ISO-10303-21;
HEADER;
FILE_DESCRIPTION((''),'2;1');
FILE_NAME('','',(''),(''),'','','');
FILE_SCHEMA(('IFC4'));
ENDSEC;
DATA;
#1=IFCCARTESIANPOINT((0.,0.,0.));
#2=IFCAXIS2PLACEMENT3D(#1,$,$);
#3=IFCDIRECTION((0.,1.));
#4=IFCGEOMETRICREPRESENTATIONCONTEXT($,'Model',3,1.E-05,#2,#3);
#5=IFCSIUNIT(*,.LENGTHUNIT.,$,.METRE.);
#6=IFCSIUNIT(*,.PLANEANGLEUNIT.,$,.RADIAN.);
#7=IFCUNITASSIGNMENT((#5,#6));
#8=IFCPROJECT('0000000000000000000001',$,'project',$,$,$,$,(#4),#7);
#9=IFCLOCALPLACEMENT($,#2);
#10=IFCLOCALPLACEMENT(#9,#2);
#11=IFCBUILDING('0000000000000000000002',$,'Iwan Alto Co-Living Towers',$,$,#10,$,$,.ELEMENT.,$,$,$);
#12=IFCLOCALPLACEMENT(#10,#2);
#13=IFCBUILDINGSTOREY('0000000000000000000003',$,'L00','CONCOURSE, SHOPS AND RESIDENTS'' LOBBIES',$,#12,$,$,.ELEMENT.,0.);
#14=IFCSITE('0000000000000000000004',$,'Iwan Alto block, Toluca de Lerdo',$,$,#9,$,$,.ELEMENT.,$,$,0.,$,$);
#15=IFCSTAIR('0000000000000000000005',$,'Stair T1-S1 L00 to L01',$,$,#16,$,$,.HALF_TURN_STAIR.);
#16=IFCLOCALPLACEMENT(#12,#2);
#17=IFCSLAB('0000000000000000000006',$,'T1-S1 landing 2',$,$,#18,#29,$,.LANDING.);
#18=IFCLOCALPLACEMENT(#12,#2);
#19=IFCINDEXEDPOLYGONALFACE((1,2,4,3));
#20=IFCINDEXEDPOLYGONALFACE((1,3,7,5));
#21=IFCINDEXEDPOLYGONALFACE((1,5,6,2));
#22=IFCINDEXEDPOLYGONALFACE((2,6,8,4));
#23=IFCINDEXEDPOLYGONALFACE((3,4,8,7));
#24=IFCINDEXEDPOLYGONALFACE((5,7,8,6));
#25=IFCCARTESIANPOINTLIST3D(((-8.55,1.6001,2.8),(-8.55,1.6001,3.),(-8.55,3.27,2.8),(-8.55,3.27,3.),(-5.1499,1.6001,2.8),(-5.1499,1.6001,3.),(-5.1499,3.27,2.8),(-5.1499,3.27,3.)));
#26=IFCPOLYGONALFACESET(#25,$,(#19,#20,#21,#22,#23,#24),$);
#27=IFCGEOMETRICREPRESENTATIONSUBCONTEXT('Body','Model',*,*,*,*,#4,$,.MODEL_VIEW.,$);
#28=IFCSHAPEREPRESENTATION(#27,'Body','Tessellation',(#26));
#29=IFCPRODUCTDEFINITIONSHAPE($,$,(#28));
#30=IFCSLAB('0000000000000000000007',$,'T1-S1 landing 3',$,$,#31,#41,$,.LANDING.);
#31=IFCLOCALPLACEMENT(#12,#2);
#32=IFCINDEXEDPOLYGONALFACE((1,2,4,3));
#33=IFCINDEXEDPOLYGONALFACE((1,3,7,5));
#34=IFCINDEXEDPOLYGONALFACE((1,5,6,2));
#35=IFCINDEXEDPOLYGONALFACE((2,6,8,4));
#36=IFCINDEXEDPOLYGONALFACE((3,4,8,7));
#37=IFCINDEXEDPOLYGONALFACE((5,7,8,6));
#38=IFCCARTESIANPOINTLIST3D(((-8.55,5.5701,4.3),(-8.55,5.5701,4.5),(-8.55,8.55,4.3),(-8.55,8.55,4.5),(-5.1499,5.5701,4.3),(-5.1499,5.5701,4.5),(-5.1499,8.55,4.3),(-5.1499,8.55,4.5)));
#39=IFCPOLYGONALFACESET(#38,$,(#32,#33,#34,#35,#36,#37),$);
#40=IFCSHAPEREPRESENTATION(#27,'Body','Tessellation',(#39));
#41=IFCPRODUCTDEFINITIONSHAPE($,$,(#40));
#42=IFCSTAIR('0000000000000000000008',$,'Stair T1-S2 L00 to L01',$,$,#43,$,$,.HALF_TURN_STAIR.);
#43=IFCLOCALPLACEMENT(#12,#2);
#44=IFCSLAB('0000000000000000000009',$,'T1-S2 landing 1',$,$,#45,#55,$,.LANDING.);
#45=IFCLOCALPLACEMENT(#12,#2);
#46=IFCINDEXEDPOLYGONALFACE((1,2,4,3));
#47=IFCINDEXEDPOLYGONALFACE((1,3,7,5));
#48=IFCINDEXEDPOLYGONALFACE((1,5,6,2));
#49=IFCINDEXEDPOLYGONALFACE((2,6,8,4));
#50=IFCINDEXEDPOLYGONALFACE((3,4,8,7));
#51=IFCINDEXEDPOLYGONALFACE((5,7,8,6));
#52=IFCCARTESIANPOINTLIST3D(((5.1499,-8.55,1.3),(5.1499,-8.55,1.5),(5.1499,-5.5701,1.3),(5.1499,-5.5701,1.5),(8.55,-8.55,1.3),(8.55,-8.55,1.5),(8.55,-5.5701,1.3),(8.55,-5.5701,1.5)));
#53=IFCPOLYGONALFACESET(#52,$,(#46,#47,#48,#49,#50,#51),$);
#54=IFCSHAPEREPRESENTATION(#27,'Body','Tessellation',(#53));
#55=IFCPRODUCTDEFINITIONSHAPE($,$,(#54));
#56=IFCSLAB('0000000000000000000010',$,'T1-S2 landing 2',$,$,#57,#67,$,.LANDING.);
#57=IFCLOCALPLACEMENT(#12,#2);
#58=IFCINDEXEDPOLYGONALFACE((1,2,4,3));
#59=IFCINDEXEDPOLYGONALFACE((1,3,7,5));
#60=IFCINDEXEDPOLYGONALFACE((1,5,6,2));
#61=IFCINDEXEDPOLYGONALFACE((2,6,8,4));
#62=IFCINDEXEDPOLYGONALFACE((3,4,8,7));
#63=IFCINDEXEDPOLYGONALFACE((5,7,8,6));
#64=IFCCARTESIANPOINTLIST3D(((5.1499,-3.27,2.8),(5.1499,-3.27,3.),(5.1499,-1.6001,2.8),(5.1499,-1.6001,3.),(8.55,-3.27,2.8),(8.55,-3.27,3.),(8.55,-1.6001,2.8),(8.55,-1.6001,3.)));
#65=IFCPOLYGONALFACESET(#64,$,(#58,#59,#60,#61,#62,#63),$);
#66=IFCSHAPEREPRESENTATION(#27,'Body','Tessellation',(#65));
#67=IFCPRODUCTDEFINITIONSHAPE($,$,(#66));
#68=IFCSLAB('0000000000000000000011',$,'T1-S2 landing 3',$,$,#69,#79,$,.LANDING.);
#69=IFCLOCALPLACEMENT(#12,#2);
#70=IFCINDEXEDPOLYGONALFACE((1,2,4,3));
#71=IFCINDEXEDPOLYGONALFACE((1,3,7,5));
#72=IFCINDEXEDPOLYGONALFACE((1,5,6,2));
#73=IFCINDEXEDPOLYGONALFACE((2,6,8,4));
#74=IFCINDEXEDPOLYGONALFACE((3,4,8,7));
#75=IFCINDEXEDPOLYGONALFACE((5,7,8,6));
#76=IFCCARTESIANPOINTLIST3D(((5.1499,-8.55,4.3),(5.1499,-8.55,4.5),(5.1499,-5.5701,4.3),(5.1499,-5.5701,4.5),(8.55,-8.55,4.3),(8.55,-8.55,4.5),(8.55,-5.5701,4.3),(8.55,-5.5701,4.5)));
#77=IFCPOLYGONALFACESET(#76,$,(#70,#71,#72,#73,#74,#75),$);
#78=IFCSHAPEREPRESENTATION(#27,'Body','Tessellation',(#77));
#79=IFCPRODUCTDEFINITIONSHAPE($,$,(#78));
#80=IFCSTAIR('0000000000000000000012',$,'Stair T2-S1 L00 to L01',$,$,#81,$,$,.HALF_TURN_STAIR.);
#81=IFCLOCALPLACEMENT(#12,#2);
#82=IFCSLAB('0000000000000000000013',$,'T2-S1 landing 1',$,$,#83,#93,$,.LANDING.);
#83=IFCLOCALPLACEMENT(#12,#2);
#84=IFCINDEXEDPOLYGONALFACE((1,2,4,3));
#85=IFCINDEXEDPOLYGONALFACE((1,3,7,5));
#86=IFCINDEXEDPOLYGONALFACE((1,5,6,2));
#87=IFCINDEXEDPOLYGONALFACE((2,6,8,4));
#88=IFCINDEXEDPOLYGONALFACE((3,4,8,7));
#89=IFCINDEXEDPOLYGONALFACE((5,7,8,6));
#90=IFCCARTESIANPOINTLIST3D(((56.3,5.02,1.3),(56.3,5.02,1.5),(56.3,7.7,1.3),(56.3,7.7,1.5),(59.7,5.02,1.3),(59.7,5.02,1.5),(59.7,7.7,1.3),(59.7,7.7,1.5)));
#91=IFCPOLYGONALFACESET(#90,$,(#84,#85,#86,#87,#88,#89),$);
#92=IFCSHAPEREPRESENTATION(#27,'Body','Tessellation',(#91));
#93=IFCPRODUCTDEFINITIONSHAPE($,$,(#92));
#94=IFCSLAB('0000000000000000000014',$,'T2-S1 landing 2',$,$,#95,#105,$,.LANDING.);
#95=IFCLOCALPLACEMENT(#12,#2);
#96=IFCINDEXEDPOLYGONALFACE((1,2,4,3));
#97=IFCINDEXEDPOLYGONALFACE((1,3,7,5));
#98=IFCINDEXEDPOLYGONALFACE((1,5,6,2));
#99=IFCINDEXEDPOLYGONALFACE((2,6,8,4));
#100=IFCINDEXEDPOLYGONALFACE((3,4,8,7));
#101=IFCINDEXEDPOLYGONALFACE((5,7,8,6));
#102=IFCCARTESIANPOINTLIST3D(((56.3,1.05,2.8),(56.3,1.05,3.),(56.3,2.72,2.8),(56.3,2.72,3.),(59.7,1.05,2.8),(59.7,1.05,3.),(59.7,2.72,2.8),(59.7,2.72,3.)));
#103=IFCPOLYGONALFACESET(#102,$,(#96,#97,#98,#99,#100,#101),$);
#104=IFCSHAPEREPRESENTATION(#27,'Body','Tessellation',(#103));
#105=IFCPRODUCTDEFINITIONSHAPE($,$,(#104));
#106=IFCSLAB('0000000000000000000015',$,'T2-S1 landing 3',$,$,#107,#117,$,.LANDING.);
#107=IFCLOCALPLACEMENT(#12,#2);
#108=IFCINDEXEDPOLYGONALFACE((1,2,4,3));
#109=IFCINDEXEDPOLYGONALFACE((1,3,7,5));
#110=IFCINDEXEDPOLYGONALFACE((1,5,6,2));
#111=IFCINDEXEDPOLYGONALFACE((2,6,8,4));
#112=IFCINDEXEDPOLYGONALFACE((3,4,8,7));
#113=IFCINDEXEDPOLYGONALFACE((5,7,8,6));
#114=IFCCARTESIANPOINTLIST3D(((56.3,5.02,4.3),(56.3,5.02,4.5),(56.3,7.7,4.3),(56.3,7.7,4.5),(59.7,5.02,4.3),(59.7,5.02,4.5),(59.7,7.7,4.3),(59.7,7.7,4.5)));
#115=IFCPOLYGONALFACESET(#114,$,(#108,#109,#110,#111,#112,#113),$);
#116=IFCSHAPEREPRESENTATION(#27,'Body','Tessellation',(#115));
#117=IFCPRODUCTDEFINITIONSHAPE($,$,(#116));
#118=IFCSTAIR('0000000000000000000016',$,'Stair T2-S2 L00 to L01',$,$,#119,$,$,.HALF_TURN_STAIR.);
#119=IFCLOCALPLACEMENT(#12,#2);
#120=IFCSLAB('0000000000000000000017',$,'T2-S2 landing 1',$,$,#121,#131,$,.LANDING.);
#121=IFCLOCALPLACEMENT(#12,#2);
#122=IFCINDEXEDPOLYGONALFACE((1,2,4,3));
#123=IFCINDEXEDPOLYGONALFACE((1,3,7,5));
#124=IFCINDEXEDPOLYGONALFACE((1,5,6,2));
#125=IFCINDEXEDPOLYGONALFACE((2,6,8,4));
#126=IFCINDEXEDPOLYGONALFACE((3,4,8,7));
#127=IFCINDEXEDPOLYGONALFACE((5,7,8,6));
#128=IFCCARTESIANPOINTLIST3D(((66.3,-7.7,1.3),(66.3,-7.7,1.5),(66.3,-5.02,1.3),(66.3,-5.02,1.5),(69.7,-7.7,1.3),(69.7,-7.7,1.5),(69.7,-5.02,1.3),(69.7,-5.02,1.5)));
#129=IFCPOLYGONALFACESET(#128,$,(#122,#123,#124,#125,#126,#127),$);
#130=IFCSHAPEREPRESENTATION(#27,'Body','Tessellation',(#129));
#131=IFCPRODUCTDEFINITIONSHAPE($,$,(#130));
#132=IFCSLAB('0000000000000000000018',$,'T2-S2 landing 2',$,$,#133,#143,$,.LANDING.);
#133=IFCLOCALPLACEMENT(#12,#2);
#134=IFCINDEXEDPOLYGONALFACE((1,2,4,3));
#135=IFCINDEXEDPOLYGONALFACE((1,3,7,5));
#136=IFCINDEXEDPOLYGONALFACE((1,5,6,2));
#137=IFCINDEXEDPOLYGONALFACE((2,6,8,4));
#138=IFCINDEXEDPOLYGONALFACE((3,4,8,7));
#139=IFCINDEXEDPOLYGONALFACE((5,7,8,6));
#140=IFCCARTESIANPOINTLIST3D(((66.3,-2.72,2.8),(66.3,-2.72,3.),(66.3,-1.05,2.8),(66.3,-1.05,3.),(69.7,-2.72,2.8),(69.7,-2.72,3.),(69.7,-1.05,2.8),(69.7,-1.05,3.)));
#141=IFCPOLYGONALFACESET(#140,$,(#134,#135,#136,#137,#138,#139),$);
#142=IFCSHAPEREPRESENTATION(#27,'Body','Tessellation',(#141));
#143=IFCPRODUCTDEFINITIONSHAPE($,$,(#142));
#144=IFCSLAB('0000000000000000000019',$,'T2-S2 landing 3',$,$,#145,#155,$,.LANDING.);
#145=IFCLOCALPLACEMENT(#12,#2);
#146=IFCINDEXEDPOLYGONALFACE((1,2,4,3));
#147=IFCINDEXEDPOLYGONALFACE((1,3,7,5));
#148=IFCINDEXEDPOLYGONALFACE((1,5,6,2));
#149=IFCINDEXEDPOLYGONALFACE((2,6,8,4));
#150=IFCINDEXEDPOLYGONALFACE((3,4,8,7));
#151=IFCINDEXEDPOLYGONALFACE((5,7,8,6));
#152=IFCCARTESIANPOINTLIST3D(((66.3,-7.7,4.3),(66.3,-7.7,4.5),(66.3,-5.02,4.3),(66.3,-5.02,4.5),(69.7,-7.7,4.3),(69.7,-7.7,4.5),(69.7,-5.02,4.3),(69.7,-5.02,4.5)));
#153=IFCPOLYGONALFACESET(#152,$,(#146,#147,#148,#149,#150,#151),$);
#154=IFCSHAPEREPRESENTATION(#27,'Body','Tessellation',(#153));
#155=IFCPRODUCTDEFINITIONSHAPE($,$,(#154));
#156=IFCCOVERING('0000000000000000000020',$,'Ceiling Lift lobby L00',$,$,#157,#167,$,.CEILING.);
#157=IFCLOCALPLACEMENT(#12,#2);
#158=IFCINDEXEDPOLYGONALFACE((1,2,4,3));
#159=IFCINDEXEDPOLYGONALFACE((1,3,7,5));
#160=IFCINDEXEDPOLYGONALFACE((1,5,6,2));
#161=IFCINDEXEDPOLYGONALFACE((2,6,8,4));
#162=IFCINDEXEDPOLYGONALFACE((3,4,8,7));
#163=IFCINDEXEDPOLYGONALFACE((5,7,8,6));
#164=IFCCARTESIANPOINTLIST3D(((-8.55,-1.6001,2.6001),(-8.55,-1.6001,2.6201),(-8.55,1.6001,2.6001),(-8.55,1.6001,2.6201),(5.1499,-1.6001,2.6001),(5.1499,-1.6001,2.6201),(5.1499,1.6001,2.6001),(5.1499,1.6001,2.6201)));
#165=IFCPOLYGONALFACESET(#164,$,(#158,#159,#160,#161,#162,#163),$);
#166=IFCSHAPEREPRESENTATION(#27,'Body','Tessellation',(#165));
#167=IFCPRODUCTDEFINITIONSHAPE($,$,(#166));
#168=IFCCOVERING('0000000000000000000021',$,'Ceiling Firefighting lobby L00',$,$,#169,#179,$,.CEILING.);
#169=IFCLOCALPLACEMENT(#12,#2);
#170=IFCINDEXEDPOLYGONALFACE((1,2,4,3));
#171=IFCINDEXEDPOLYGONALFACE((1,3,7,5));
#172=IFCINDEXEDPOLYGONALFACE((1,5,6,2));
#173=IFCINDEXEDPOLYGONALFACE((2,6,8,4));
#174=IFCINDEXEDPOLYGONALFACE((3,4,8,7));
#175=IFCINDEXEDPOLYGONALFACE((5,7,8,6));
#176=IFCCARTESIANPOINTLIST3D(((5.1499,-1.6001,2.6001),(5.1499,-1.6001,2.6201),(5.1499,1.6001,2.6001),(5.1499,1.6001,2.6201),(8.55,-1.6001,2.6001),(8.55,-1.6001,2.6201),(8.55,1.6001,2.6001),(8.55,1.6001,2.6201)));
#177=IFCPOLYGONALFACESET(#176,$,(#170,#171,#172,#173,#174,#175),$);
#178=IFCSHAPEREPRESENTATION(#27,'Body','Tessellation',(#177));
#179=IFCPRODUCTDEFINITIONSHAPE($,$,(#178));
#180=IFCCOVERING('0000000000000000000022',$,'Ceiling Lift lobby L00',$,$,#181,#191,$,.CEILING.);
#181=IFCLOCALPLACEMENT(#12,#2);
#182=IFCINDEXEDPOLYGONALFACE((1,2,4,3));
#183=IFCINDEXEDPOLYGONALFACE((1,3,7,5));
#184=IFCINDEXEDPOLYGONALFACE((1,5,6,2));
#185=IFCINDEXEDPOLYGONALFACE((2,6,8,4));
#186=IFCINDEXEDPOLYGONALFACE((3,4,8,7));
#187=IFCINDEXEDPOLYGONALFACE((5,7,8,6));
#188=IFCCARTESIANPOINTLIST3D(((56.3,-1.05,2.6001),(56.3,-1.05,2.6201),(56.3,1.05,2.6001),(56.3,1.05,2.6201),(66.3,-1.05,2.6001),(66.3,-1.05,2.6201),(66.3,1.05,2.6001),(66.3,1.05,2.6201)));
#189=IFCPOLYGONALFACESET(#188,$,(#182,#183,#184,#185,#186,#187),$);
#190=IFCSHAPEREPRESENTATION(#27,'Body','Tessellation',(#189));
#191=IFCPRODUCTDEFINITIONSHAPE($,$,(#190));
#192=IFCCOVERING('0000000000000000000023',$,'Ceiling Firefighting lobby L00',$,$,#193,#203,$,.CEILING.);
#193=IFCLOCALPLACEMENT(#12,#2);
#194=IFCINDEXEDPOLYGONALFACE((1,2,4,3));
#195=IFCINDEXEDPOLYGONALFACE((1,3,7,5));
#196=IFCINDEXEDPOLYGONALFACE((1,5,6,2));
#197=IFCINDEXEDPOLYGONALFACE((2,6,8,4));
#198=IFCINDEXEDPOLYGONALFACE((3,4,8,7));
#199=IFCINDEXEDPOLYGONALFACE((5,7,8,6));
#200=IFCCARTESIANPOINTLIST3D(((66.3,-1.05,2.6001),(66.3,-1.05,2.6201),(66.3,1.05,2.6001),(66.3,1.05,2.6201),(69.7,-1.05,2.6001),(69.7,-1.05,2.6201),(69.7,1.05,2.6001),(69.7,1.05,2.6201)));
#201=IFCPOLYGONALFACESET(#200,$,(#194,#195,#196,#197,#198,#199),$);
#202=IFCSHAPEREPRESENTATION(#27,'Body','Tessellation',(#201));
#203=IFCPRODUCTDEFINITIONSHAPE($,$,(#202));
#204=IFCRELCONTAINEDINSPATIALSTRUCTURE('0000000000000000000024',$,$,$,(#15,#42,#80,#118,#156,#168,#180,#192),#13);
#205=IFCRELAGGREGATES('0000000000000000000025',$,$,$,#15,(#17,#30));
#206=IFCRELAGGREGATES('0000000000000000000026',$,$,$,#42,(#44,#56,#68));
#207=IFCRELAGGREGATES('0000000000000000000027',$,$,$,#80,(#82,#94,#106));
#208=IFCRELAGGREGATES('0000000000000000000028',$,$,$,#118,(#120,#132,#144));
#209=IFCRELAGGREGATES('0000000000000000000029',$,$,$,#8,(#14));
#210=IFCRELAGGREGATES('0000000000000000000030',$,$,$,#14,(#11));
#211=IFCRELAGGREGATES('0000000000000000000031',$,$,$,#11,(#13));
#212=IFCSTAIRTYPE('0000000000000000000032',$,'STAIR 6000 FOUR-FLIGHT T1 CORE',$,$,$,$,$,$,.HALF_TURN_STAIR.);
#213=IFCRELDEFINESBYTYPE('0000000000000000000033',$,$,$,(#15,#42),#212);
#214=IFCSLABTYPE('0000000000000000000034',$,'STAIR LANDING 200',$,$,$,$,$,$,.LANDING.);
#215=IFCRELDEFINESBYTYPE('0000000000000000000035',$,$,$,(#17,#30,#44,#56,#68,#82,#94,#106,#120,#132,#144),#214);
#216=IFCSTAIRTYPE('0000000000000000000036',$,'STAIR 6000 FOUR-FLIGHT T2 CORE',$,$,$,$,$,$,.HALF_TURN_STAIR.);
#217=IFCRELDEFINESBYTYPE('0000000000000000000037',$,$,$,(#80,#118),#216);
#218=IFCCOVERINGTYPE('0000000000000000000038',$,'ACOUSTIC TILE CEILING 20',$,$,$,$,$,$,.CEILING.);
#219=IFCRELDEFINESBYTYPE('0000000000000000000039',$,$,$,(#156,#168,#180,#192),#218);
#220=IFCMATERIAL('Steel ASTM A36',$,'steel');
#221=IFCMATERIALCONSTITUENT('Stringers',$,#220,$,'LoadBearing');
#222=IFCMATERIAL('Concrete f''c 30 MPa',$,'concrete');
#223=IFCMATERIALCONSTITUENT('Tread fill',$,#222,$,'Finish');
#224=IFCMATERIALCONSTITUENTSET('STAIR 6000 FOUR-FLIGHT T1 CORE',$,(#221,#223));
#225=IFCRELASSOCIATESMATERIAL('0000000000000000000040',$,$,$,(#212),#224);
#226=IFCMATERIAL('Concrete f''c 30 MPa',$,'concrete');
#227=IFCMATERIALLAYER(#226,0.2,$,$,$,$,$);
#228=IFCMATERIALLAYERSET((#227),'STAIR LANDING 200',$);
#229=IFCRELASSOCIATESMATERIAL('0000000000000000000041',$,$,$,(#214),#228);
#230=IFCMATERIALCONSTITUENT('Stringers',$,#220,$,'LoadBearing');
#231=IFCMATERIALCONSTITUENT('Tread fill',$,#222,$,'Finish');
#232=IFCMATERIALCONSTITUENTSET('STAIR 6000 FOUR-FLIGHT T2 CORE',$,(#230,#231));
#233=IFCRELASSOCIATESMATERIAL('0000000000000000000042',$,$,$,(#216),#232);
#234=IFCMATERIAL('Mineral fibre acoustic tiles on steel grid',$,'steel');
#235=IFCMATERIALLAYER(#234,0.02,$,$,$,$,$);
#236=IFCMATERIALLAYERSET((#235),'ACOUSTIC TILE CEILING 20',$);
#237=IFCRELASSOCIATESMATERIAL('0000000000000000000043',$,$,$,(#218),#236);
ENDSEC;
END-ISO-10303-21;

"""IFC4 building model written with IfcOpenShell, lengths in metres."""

from ifc_helpers import new_model, si_unit, direction, frame, origin, place, context, subcontext, project, spatial, polyline, outline, extrude, material, layer, layer_set, constituent, constituent_set, type_object, element, aggregate, save


model = new_model("IFC4")

# Units and contexts
model_context = context("Model", 3, precision=1e-05, world=origin(), true_north=direction((0.0, 1.0)))
body_context = subcontext(model_context, "Body", "Model", "MODEL_VIEW")
ifc_project = project(units=[si_unit("LENGTHUNIT", "METRE"), si_unit("PLANEANGLEUNIT", "RADIAN")], contexts=[model_context])

# Site, building, storey
site_placement = place(None, origin())
site = spatial("IfcSite", under=ifc_project, at=site_placement, Name="Iwan Alto block, Toluca de Lerdo", CompositionType="ELEMENT", RefElevation=0.0)
building_placement = place(site_placement, origin())
building = spatial("IfcBuilding", under=site, at=building_placement, Name="Iwan Alto Co-Living Towers", CompositionType="ELEMENT")
storey_placement = place(building_placement, origin())
storey = spatial("IfcBuildingStorey", under=building, at=storey_placement, Name="L00", Description="CONCOURSE, SHOPS AND RESIDENTS' LOBBIES", CompositionType="ELEMENT", Elevation=0.0)

# Stairs, slabs
ifc_material_1 = material(Name="Steel ASTM A36", Category="steel")
ifc_constituent_1 = constituent(ifc_material_1, Name="Stringers", Category="LoadBearing")
ifc_material_2 = material(Name="Concrete f'c 30 MPa", Category="concrete")
ifc_constituent_2 = constituent(ifc_material_2, Name="Tread fill", Category="Finish")
ifc_constituent_set_1 = constituent_set(constituents=[ifc_constituent_1, ifc_constituent_2], Name="STAIR 6000 FOUR-FLIGHT T1 CORE")
stair_type_1 = type_object("IfcStairType", Name="STAIR 6000 FOUR-FLIGHT T1 CORE", PredefinedType="HALF_TURN_STAIR", material=ifc_constituent_set_1)
stair_1_placement = place(storey_placement, origin())
stair_1 = element("IfcStair", 1, at=stair_1_placement, inside=storey, type_object=stair_type_1, Name="Stair T1-S1 L00 to L01", PredefinedType="HALF_TURN_STAIR")
ifc_material_3 = material(Name="Concrete f'c 30 MPa", Category="concrete")
ifc_layer_1 = layer(ifc_material_3, 0.2)
ifc_layer_set_1 = layer_set([ifc_layer_1], Name="STAIR LANDING 200")
slab_type = type_object("IfcSlabType", Name="STAIR LANDING 200", PredefinedType="LANDING", material=ifc_layer_set_1)
slab_1_placement = place(storey_placement, frame((0.0, 0.0, 2.8)))
slab_1 = element("IfcSlab", 2, at=slab_1_placement, type_object=slab_type, Name="T1-S1 landing 2", PredefinedType="LANDING", context=body_context, shape_type="SweptSolid", body=[
    extrude(outline(polyline([(-8.55, 1.6001), (-8.55, 3.27), (-5.1499, 3.27), (-5.1499, 1.6001), (-8.55, 1.6001)])), origin(), (0.0, 0.0, 1.0), 0.2),
])
slab_2_placement = place(storey_placement, frame((0.0, 0.0, 4.3)))
slab_2 = element("IfcSlab", 3, at=slab_2_placement, type_object=slab_type, Name="T1-S1 landing 3", PredefinedType="LANDING", context=body_context, shape_type="SweptSolid", body=[
    extrude(outline(polyline([(-8.55, 5.5701), (-8.55, 8.55), (-5.1499, 8.55), (-5.1499, 5.5701), (-8.55, 5.5701)])), origin(), (0.0, 0.0, 1.0), 0.2),
])
aggregate(stair_1, [slab_1, slab_2])
stair_2_placement = place(storey_placement, origin())
stair_2 = element("IfcStair", 4, at=stair_2_placement, inside=storey, type_object=stair_type_1, Name="Stair T1-S2 L00 to L01", PredefinedType="HALF_TURN_STAIR")
slab_3_placement = place(storey_placement, frame((0.0, 0.0, 1.3)))
slab_3 = element("IfcSlab", 5, at=slab_3_placement, type_object=slab_type, Name="T1-S2 landing 1", PredefinedType="LANDING", context=body_context, shape_type="SweptSolid", body=[
    extrude(outline(polyline([(5.1499, -5.5701), (5.1499, -8.55), (8.55, -8.55), (8.55, -5.5701), (5.1499, -5.5701)])), origin(), (0.0, 0.0, 1.0), 0.2),
])
slab_4_placement = place(storey_placement, frame((0.0, 0.0, 2.8)))
slab_4 = element("IfcSlab", 6, at=slab_4_placement, type_object=slab_type, Name="T1-S2 landing 2", PredefinedType="LANDING", context=body_context, shape_type="SweptSolid", body=[
    extrude(outline(polyline([(5.1499, -1.6001), (5.1499, -3.27), (8.55, -3.27), (8.55, -1.6001), (5.1499, -1.6001)])), origin(), (0.0, 0.0, 1.0), 0.2),
])
slab_5_placement = place(storey_placement, frame((0.0, 0.0, 4.3)))
slab_5 = element("IfcSlab", 7, at=slab_5_placement, type_object=slab_type, Name="T1-S2 landing 3", PredefinedType="LANDING", context=body_context, shape_type="SweptSolid", body=[
    extrude(outline(polyline([(5.1499, -5.5701), (5.1499, -8.55), (8.55, -8.55), (8.55, -5.5701), (5.1499, -5.5701)])), origin(), (0.0, 0.0, 1.0), 0.2),
])
aggregate(stair_2, [slab_3, slab_4, slab_5])
ifc_constituent_3 = constituent(ifc_material_1, Name="Stringers", Category="LoadBearing")
ifc_constituent_4 = constituent(ifc_material_2, Name="Tread fill", Category="Finish")
ifc_constituent_set_2 = constituent_set(constituents=[ifc_constituent_3, ifc_constituent_4], Name="STAIR 6000 FOUR-FLIGHT T2 CORE")
stair_type_2 = type_object("IfcStairType", Name="STAIR 6000 FOUR-FLIGHT T2 CORE", PredefinedType="HALF_TURN_STAIR", material=ifc_constituent_set_2)
stair_3_placement = place(storey_placement, origin())
stair_3 = element("IfcStair", 8, at=stair_3_placement, inside=storey, type_object=stair_type_2, Name="Stair T2-S1 L00 to L01", PredefinedType="HALF_TURN_STAIR")
slab_6_placement = place(storey_placement, frame((0.0, 0.0, 1.3)))
slab_6 = element("IfcSlab", 9, at=slab_6_placement, type_object=slab_type, Name="T2-S1 landing 1", PredefinedType="LANDING", context=body_context, shape_type="SweptSolid", body=[
    extrude(outline(polyline([(56.3, 5.02), (56.3, 7.7), (59.7, 7.7), (59.7, 5.02), (56.3, 5.02)])), origin(), (0.0, 0.0, 1.0), 0.2),
])
slab_7_placement = place(storey_placement, frame((0.0, 0.0, 2.8)))
slab_7 = element("IfcSlab", 10, at=slab_7_placement, type_object=slab_type, Name="T2-S1 landing 2", PredefinedType="LANDING", context=body_context, shape_type="SweptSolid", body=[
    extrude(outline(polyline([(56.3, 1.05), (56.3, 2.72), (59.7, 2.72), (59.7, 1.05), (56.3, 1.05)])), origin(), (0.0, 0.0, 1.0), 0.2),
])
slab_8_placement = place(storey_placement, frame((0.0, 0.0, 4.3)))
slab_8 = element("IfcSlab", 11, at=slab_8_placement, type_object=slab_type, Name="T2-S1 landing 3", PredefinedType="LANDING", context=body_context, shape_type="SweptSolid", body=[
    extrude(outline(polyline([(56.3, 5.02), (56.3, 7.7), (59.7, 7.7), (59.7, 5.02), (56.3, 5.02)])), origin(), (0.0, 0.0, 1.0), 0.2),
])
aggregate(stair_3, [slab_6, slab_7, slab_8])
stair_4_placement = place(storey_placement, origin())
stair_4 = element("IfcStair", 12, at=stair_4_placement, inside=storey, type_object=stair_type_2, Name="Stair T2-S2 L00 to L01", PredefinedType="HALF_TURN_STAIR")
slab_9_placement = place(storey_placement, frame((0.0, 0.0, 1.3)))
slab_9 = element("IfcSlab", 13, at=slab_9_placement, type_object=slab_type, Name="T2-S2 landing 1", PredefinedType="LANDING", context=body_context, shape_type="SweptSolid", body=[
    extrude(outline(polyline([(66.3, -5.02), (66.3, -7.7), (69.7, -7.7), (69.7, -5.02), (66.3, -5.02)])), origin(), (0.0, 0.0, 1.0), 0.2),
])
slab_10_placement = place(storey_placement, frame((0.0, 0.0, 2.8)))
slab_10 = element("IfcSlab", 14, at=slab_10_placement, type_object=slab_type, Name="T2-S2 landing 2", PredefinedType="LANDING", context=body_context, shape_type="SweptSolid", body=[
    extrude(outline(polyline([(66.3, -1.05), (66.3, -2.72), (69.7, -2.72), (69.7, -1.05), (66.3, -1.05)])), origin(), (0.0, 0.0, 1.0), 0.2),
])
slab_11_placement = place(storey_placement, frame((0.0, 0.0, 4.3)))
slab_11 = element("IfcSlab", 15, at=slab_11_placement, type_object=slab_type, Name="T2-S2 landing 3", PredefinedType="LANDING", context=body_context, shape_type="SweptSolid", body=[
    extrude(outline(polyline([(66.3, -5.02), (66.3, -7.7), (69.7, -7.7), (69.7, -5.02), (66.3, -5.02)])), origin(), (0.0, 0.0, 1.0), 0.2),
])
aggregate(stair_4, [slab_9, slab_10, slab_11])

# Coverings
ifc_material_4 = material(Name="Mineral fibre acoustic tiles on steel grid", Category="steel")
ifc_layer_2 = layer(ifc_material_4, 0.02)
ifc_layer_set_2 = layer_set([ifc_layer_2], Name="ACOUSTIC TILE CEILING 20")
covering_type_1 = type_object("IfcCoveringType", Name="ACOUSTIC TILE CEILING 20", PredefinedType="CEILING", material=ifc_layer_set_2)
covering_1_placement = place(storey_placement, frame((0.0, 0.0, 2.6001)))
element("IfcCovering", 16, at=covering_1_placement, inside=storey, type_object=covering_type_1, Name="Ceiling Lift lobby L00", PredefinedType="CEILING", context=body_context, shape_type="SweptSolid", body=[
    extrude(outline(polyline([(-8.55, -1.6001), (-8.55, 1.6001), (5.1499, 1.6001), (5.1499, -1.6001), (-8.55, -1.6001)])), origin(), (0.0, 0.0, 1.0), 0.02),
])
covering_2_placement = place(storey_placement, frame((0.0, 0.0, 2.6001)))
element("IfcCovering", 17, at=covering_2_placement, inside=storey, type_object=covering_type_1, Name="Ceiling Firefighting lobby L00", PredefinedType="CEILING", context=body_context, shape_type="SweptSolid", body=[
    extrude(outline(polyline([(5.1499, -1.6001), (5.1499, 1.6001), (8.55, 1.6001), (8.55, -1.6001), (5.1499, -1.6001)])), origin(), (0.0, 0.0, 1.0), 0.02),
])
covering_3_placement = place(storey_placement, frame((0.0, 0.0, 2.6001)))
element("IfcCovering", 18, at=covering_3_placement, inside=storey, type_object=covering_type_1, Name="Ceiling Lift lobby L00", PredefinedType="CEILING", context=body_context, shape_type="SweptSolid", body=[
    extrude(outline(polyline([(56.3, -1.05), (56.3, 1.05), (66.3, 1.05), (66.3, -1.05), (56.3, -1.05)])), origin(), (0.0, 0.0, 1.0), 0.02),
])
covering_4_placement = place(storey_placement, frame((0.0, 0.0, 2.6001)))
element("IfcCovering", 19, at=covering_4_placement, inside=storey, type_object=covering_type_1, Name="Ceiling Firefighting lobby L00", PredefinedType="CEILING", context=body_context, shape_type="SweptSolid", body=[
    extrude(outline(polyline([(66.3, -1.05), (66.3, 1.05), (69.7, 1.05), (69.7, -1.05), (66.3, -1.05)])), origin(), (0.0, 0.0, 1.0), 0.02),
])

save(model, "model.ifc")
